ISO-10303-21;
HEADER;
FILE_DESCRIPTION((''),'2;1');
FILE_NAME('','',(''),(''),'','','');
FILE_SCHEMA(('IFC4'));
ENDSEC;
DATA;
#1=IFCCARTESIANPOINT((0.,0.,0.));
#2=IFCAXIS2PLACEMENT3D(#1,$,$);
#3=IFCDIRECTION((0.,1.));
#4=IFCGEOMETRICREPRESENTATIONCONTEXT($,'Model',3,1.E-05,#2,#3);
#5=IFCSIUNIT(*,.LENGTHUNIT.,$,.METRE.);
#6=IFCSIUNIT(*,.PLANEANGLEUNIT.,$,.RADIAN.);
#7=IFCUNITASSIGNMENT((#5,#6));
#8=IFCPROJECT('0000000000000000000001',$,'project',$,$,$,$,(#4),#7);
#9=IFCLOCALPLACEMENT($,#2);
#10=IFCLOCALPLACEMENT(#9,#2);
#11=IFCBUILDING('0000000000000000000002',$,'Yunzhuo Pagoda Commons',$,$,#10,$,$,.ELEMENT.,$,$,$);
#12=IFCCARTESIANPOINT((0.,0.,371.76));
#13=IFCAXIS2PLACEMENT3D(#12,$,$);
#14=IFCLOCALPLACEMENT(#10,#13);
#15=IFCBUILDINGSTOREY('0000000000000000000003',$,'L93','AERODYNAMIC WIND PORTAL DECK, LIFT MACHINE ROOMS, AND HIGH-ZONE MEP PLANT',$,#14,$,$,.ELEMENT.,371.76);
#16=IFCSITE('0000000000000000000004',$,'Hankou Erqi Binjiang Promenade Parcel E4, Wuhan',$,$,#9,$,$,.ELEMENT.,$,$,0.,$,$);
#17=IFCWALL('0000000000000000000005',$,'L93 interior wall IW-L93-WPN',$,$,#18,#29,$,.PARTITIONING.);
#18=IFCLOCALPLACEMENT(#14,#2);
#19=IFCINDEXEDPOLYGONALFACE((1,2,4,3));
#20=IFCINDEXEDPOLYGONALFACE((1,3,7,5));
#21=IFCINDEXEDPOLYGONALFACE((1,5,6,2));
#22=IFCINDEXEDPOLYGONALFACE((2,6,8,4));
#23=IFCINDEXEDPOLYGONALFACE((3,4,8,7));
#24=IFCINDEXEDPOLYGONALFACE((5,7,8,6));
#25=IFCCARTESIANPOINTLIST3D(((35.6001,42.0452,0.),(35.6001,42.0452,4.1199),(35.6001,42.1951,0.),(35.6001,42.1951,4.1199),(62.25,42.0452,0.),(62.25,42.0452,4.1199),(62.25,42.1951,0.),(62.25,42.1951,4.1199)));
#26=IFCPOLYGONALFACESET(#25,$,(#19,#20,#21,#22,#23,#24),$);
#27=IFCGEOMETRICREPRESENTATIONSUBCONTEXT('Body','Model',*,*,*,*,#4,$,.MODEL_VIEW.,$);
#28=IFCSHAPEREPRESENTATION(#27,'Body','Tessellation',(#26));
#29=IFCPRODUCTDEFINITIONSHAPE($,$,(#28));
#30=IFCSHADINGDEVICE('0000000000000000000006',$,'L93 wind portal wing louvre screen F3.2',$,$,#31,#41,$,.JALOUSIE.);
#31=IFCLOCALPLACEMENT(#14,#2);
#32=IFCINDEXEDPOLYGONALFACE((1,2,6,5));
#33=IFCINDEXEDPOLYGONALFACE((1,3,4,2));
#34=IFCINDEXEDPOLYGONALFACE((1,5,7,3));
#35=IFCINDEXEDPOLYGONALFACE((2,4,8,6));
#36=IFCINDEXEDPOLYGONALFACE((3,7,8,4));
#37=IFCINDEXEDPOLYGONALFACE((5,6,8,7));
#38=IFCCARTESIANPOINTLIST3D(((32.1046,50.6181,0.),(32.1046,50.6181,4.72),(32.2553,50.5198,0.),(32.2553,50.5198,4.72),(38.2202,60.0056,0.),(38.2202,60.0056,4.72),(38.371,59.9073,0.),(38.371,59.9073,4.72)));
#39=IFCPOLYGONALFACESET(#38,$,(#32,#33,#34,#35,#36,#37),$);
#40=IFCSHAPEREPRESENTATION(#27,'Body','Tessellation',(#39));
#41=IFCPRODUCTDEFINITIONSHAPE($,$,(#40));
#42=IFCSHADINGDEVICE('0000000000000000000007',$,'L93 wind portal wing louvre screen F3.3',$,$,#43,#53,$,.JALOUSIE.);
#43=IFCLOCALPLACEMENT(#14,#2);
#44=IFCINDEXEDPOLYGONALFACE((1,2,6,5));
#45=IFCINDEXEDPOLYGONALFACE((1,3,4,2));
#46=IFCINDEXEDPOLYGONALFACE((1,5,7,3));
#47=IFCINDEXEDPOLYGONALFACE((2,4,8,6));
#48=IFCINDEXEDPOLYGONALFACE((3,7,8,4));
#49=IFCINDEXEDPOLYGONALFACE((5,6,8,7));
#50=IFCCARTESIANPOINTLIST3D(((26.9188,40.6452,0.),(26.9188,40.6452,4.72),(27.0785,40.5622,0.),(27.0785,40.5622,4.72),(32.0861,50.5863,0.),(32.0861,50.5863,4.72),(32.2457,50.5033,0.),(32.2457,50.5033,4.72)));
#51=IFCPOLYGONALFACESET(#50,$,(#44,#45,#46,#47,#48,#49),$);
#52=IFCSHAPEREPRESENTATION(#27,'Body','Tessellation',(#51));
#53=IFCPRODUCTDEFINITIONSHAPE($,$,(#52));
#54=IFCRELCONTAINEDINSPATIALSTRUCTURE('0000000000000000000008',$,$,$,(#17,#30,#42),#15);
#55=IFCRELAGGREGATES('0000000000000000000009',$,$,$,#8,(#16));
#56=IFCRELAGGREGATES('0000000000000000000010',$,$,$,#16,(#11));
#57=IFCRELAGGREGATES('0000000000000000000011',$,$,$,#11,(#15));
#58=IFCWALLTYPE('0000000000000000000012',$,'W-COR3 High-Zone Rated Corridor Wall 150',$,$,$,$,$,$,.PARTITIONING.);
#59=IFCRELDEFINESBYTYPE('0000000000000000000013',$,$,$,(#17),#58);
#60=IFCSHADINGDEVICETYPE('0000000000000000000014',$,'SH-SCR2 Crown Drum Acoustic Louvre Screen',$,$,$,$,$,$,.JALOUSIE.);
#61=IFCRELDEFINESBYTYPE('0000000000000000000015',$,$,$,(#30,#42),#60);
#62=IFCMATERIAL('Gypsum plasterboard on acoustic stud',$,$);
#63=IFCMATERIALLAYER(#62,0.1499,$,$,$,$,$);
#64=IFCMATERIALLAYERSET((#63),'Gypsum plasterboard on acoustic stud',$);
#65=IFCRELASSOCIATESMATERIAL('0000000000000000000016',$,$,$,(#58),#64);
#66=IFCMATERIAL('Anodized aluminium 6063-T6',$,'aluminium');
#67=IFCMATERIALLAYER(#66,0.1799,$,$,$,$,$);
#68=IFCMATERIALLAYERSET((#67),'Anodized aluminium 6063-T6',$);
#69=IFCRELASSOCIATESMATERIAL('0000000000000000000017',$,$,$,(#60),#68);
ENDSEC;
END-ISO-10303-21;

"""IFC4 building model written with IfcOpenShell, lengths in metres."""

from ifc_helpers import new_model, si_unit, direction, frame, frame_2d, origin, origin_2d, place, context, subcontext, project, spatial, rectangle, extrude, source, transform, mapped, material, layer, layer_set, type_object, element, save


model = new_model("IFC4")

# Units and contexts
model_context = context("Model", 3, precision=1e-05, world=origin(), true_north=direction((0.0, 1.0)))
body_context = subcontext(model_context, "Body", "Model", "MODEL_VIEW")
ifc_project = project(units=[si_unit("LENGTHUNIT", "METRE"), si_unit("PLANEANGLEUNIT", "RADIAN")], contexts=[model_context])

# Site, building, storey
site_placement = place(None, origin())
site = spatial("IfcSite", under=ifc_project, at=site_placement, Name="Hankou Erqi Binjiang Promenade Parcel E4, Wuhan", CompositionType="ELEMENT", RefElevation=0.0)
building_placement = place(site_placement, origin())
building = spatial("IfcBuilding", under=site, at=building_placement, Name="Yunzhuo Pagoda Commons", CompositionType="ELEMENT")
storey_placement = place(building_placement, frame((0.0, 0.0, 371.76)))
storey = spatial("IfcBuildingStorey", under=building, at=storey_placement, Name="L93", Description="AERODYNAMIC WIND PORTAL DECK, LIFT MACHINE ROOMS, AND HIGH-ZONE MEP PLANT", CompositionType="ELEMENT", Elevation=371.76)

# Wall
ifc_material_1 = material(Name="Gypsum plasterboard on acoustic stud")
ifc_layer_1 = layer(ifc_material_1, 0.1499)
ifc_layer_set_1 = layer_set([ifc_layer_1], Name="Gypsum plasterboard on acoustic stud")
wall_type = type_object("IfcWallType", Name="W-COR3 High-Zone Rated Corridor Wall 150", PredefinedType="PARTITIONING", material=ifc_layer_set_1)
wall_placement = place(storey_placement, frame((35.6001, 42.1201, 0.0), z_axis=(0.0, 0.0, 1.0), x_axis=(1.0, 0.0, 0.0)))
element("IfcWall", 1, at=wall_placement, inside=storey, type_object=wall_type, Name="L93 interior wall IW-L93-WPN", PredefinedType="PARTITIONING", context=body_context, shape_type="SweptSolid", body=[
    extrude(rectangle(XDim=26.6499, YDim=0.1499, at=frame_2d((13.325, 0.0))), origin(), (0.0, 0.0, 1.0), 4.1199),
])

# Shading devices
ifc_material_2 = material(Name="Anodized aluminium 6063-T6", Category="aluminium")
ifc_layer_2 = layer(ifc_material_2, 0.1799)
ifc_layer_set_2 = layer_set([ifc_layer_2], Name="Anodized aluminium 6063-T6")
shading_device_type = type_object("IfcShadingDeviceType", Name="SH-SCR2 Crown Drum Acoustic Louvre Screen", PredefinedType="JALOUSIE", material=ifc_layer_set_2)
shared_shape_1 = source(origin(), body_context, "Body", "SweptSolid", [
    extrude(rectangle(XDim=11.2039, YDim=0.1799, at=origin_2d()), origin(), (0.0, 0.0, 1.0), 4.72),
])
for number, where, z_axis, x_axis, name in (
    (2, (35.2378, 55.2627, 0.0), (0.0, 0.0, 1.0), (-0.545853, -0.837881, 0.0), "L93 wind portal wing louvre screen F3.2"),
    (3, (29.5823, 45.5742, 0.0), (0.0, 0.0, 1.0), (-0.461207, -0.887293, 0.0), "L93 wind portal wing louvre screen F3.3"),
):
    element("IfcShadingDevice", number, at=place(storey_placement, frame(where, z_axis=z_axis, x_axis=x_axis)), inside=storey, type_object=shading_device_type, Name=name, PredefinedType="JALOUSIE", context=body_context, shape_type="MappedRepresentation", body=[
        mapped(shared_shape_1, transform((0.0, 0.0, 0.0), scale=1.0)),
    ])

save(model, "model.ifc")
